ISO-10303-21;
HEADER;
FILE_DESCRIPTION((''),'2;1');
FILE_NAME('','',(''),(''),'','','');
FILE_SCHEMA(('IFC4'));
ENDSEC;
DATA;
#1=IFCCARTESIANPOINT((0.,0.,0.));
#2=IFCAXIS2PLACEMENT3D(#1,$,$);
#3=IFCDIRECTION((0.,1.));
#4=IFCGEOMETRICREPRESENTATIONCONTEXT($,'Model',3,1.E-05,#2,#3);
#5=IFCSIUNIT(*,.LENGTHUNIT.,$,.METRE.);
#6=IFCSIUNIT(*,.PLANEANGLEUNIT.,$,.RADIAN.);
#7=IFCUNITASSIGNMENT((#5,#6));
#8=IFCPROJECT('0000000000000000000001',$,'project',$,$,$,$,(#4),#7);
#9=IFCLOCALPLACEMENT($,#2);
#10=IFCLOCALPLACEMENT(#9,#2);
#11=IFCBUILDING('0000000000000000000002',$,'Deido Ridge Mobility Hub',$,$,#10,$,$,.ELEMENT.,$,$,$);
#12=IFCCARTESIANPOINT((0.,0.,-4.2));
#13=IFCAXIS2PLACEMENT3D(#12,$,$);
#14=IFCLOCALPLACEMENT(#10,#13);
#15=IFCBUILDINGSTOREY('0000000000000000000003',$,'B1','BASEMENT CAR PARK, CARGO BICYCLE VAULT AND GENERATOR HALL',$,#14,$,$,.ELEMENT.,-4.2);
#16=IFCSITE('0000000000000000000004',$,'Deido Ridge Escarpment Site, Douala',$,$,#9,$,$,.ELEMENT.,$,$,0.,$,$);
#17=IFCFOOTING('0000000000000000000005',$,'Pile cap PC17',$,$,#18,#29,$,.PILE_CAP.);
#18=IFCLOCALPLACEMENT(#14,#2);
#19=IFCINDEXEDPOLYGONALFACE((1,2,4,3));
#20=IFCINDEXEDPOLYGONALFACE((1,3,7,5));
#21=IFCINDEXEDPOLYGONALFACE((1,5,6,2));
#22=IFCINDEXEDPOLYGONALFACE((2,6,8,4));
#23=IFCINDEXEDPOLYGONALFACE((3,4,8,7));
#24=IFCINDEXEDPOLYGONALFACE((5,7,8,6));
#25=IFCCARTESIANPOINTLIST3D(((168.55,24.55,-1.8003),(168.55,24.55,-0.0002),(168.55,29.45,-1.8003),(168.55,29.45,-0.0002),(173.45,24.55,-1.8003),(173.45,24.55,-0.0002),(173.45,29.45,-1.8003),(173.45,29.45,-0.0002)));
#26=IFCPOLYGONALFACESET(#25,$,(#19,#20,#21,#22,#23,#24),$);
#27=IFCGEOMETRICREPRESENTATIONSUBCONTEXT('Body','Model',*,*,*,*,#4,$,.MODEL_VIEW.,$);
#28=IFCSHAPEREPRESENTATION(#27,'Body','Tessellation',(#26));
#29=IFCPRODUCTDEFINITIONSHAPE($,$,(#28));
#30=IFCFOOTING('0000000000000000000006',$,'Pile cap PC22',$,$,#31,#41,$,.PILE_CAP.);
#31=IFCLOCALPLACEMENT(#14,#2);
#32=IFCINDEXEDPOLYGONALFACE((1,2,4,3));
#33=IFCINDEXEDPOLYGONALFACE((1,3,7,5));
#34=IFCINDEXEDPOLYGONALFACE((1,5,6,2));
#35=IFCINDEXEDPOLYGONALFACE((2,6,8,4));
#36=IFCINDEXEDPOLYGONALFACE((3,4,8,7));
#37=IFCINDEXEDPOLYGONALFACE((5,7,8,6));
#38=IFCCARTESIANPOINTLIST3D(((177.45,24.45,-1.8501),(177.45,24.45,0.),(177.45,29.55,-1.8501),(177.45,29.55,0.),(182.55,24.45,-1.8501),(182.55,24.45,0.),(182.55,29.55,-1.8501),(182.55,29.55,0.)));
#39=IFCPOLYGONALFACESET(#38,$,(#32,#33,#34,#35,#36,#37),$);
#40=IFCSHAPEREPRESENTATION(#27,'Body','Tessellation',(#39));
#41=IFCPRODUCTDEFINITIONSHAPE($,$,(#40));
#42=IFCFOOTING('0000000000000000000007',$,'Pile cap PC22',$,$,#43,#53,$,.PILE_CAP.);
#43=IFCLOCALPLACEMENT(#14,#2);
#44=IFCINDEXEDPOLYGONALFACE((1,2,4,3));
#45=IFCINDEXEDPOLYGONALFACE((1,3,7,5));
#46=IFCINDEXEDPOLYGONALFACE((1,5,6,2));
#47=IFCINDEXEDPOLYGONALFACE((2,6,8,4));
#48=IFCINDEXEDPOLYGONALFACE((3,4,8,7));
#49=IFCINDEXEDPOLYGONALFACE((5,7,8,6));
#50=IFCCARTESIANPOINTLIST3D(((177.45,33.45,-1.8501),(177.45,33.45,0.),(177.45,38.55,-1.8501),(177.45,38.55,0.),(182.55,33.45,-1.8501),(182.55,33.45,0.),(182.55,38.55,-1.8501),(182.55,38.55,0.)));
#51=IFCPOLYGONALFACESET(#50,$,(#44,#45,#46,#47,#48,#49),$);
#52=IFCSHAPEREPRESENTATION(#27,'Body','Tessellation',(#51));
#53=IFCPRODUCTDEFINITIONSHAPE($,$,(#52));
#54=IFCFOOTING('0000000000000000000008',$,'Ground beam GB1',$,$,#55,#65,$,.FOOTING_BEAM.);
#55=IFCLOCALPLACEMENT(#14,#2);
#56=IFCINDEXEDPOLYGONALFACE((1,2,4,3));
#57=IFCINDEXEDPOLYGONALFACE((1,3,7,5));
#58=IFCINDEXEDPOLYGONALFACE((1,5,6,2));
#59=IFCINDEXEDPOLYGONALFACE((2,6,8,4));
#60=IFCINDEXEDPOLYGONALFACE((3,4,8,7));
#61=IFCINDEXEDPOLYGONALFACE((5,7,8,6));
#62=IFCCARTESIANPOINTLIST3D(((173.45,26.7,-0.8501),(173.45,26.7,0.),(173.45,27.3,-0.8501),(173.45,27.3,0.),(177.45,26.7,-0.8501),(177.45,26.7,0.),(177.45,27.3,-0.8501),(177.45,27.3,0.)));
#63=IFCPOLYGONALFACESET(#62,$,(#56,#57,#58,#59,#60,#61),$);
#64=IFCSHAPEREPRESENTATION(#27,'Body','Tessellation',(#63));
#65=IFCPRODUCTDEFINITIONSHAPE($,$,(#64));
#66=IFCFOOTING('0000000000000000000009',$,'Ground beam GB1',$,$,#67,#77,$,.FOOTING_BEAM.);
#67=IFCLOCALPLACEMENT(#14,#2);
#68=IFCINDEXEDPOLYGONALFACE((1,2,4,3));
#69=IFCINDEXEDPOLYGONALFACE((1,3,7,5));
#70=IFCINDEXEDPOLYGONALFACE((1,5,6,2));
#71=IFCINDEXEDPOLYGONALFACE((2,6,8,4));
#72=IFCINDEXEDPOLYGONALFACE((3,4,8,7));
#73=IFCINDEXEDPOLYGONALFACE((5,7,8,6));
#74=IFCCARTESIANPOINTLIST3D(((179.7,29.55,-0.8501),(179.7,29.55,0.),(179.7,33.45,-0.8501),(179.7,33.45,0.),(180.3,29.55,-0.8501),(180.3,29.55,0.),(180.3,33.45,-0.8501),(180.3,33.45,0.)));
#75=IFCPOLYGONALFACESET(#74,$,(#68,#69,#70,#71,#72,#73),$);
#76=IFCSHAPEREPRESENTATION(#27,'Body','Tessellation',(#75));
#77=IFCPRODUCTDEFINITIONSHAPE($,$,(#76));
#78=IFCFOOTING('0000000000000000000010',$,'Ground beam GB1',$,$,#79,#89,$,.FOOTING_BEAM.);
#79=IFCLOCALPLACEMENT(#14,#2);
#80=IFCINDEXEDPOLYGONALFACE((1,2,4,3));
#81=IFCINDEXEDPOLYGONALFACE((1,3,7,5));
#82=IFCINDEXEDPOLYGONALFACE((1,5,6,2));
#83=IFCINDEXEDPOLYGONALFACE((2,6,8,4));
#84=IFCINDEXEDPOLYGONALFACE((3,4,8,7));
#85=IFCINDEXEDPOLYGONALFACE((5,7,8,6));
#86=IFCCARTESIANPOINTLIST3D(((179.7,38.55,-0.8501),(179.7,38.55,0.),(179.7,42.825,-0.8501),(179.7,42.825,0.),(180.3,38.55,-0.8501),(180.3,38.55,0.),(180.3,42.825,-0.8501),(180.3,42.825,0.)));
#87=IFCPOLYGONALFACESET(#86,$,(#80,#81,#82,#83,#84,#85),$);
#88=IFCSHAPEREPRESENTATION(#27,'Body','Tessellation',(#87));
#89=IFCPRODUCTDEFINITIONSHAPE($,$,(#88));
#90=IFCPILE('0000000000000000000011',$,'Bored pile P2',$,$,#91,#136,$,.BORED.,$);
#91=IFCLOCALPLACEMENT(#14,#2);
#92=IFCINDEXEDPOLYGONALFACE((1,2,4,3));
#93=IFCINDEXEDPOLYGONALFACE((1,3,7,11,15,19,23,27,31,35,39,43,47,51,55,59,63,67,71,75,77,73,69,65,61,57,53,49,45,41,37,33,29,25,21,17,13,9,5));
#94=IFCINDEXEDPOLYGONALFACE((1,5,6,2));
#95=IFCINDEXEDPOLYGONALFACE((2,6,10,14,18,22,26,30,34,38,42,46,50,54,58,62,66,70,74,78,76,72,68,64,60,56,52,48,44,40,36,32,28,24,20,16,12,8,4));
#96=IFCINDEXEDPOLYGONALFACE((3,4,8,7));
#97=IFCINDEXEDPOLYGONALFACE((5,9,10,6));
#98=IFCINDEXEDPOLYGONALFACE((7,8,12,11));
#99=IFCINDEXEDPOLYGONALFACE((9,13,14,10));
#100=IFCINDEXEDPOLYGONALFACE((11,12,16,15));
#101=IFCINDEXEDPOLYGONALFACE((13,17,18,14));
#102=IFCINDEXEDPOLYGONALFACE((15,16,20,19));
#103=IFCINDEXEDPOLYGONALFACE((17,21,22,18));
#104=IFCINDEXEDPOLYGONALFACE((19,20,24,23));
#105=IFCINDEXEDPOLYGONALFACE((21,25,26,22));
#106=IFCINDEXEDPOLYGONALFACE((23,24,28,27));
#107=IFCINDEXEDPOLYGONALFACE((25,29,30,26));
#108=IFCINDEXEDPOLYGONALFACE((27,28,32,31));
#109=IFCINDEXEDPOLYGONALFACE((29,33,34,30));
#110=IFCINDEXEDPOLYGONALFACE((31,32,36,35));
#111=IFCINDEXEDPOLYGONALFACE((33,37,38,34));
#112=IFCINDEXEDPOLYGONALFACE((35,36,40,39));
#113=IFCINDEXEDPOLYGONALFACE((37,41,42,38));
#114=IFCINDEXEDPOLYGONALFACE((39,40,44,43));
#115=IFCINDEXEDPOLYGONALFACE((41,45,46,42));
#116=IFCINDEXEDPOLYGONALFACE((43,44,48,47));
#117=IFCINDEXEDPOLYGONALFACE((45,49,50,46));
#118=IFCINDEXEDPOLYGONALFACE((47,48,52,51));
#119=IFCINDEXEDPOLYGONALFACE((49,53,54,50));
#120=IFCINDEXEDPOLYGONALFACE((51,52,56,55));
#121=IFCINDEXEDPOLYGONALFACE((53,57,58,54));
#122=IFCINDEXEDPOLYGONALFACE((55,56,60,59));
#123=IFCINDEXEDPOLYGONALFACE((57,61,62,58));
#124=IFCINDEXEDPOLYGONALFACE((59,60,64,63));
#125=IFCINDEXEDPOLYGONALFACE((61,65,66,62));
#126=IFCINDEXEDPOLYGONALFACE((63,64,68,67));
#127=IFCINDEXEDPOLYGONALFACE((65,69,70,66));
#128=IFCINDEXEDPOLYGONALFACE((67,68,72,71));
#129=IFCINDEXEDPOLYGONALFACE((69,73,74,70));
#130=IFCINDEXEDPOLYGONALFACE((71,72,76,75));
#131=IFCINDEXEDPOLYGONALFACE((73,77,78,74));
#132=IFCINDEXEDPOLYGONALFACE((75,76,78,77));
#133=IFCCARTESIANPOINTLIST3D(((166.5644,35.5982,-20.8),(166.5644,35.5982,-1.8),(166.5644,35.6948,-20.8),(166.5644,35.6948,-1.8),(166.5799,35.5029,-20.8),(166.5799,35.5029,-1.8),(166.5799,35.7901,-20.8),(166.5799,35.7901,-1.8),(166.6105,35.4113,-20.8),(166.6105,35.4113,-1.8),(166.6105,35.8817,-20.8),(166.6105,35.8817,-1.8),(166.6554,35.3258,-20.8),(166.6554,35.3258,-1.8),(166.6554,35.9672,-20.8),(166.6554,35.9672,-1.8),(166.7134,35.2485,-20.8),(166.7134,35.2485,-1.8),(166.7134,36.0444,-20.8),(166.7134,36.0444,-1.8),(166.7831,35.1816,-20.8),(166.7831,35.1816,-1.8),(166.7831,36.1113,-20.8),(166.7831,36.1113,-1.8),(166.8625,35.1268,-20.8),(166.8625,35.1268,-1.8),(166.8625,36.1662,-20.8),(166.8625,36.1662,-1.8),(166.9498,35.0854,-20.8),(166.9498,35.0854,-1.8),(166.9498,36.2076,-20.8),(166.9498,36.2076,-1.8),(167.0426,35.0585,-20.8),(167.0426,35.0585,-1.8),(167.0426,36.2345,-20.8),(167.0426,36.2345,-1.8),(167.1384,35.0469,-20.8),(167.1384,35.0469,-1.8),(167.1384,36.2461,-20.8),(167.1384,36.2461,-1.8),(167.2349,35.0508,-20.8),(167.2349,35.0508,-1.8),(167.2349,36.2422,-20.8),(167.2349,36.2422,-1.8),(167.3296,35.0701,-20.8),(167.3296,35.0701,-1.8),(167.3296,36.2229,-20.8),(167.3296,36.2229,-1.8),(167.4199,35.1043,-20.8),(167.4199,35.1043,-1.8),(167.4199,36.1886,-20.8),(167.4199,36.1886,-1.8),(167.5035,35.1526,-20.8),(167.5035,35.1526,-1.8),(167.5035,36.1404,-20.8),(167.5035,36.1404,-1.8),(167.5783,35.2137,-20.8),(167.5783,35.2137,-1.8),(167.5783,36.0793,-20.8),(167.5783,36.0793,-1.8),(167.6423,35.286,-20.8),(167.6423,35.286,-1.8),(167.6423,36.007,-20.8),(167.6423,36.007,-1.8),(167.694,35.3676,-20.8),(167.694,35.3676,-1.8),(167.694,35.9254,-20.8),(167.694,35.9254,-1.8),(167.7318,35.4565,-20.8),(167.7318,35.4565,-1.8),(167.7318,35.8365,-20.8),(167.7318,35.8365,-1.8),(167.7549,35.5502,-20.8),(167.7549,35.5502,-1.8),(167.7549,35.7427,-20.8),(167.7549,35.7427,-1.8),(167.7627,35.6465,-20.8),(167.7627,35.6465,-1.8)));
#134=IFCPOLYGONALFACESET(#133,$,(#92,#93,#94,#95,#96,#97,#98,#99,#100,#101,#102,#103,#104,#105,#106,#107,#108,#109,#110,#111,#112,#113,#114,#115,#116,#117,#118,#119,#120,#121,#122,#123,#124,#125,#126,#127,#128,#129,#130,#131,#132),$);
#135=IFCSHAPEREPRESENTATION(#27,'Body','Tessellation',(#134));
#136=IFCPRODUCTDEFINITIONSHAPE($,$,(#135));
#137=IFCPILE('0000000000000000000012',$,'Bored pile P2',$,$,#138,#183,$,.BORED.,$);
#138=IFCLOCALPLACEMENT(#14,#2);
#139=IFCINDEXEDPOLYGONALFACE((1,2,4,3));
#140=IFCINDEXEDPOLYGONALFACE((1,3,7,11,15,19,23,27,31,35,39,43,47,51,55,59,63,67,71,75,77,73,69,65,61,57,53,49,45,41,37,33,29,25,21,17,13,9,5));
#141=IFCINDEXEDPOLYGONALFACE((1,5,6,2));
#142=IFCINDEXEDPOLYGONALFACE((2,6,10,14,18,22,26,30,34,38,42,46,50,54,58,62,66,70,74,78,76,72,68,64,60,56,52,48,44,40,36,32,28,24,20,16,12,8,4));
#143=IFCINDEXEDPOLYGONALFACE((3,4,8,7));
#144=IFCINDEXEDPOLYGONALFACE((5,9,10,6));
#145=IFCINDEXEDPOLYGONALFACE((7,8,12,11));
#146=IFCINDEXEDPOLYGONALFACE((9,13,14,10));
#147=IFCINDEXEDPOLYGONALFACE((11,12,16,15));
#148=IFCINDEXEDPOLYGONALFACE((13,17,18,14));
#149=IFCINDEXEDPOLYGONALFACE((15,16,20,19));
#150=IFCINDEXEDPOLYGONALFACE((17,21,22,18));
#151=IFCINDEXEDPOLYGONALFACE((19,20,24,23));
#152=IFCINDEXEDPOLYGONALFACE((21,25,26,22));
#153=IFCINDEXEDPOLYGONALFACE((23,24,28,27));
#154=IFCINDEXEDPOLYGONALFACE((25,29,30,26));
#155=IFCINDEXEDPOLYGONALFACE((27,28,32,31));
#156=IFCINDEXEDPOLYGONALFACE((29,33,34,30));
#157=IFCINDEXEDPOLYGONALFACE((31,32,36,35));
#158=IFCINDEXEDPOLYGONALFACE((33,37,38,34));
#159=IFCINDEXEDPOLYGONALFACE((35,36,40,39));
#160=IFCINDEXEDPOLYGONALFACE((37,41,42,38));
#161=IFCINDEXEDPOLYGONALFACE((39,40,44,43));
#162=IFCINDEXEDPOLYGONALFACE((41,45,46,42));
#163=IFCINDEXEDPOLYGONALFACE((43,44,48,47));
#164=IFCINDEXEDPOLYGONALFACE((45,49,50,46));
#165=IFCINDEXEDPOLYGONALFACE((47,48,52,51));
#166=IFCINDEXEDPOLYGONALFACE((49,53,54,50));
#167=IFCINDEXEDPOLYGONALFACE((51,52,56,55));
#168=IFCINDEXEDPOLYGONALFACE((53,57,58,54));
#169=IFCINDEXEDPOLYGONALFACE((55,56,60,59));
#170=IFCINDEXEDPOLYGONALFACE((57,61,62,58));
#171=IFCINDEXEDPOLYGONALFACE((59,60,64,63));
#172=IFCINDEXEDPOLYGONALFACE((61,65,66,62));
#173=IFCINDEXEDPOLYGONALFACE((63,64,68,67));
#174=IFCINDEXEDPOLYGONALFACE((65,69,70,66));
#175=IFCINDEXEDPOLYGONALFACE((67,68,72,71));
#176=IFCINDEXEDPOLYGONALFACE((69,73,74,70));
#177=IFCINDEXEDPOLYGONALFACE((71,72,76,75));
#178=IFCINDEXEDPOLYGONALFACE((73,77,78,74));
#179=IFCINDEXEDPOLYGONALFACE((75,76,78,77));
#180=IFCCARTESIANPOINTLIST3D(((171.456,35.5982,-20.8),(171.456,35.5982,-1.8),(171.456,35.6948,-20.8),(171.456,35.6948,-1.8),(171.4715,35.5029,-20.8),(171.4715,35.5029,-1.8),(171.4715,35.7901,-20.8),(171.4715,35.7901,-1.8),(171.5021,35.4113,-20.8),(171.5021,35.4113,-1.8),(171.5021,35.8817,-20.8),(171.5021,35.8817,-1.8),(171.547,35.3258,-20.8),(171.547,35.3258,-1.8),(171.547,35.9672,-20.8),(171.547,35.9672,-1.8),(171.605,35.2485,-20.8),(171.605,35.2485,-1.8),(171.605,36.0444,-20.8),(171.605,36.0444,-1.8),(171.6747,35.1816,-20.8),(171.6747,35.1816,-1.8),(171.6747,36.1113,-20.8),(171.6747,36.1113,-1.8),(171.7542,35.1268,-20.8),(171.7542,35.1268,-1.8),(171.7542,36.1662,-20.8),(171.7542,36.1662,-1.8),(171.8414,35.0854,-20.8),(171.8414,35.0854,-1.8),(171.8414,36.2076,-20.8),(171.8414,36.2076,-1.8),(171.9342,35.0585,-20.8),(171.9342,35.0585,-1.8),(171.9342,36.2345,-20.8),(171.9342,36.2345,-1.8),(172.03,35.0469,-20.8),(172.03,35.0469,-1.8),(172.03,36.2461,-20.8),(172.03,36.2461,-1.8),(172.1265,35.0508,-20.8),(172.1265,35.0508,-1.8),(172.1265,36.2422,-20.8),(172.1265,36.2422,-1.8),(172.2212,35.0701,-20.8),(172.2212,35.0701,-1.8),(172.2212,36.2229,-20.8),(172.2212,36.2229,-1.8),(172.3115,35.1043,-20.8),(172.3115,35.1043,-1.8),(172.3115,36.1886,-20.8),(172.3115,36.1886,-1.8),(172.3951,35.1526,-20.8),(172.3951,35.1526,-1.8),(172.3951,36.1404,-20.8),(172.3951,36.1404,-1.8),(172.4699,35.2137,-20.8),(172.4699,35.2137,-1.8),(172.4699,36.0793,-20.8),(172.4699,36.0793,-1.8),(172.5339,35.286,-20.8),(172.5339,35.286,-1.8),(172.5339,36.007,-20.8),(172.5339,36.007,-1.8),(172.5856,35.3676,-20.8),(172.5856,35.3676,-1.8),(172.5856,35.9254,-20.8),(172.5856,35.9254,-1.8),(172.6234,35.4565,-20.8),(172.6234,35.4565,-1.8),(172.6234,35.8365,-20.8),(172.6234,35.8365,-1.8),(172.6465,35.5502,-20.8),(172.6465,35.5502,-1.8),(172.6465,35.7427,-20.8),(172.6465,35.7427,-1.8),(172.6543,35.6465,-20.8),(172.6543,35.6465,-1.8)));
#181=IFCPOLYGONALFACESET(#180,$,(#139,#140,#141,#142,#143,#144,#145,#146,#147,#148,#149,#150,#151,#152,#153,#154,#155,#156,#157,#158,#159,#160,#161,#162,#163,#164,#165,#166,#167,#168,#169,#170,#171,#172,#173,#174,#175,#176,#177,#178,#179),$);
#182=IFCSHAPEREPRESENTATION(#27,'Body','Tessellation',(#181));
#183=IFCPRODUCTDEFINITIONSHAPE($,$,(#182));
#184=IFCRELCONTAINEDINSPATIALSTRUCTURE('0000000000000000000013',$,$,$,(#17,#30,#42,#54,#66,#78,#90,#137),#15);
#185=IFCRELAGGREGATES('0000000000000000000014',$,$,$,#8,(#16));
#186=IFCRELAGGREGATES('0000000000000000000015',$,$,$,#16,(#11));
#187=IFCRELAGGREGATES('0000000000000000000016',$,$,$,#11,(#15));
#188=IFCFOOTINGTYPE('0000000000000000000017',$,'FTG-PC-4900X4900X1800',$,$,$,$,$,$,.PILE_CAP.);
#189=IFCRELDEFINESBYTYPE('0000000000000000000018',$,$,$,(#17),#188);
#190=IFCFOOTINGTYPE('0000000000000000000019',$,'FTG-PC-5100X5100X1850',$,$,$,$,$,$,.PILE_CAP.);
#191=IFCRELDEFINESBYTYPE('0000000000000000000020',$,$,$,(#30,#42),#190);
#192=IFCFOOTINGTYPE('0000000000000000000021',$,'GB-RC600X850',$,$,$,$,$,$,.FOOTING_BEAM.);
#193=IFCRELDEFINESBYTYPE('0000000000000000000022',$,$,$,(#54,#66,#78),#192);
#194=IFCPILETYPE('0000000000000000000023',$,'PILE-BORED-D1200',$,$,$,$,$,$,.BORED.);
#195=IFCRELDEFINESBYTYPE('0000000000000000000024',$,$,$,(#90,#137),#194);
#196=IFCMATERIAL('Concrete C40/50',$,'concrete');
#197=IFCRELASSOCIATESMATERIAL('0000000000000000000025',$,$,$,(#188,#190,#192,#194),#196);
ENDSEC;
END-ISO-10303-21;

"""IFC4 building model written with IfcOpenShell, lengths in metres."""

from ifc_helpers import new_model, si_unit, direction, frame, origin, origin_2d, place, context, subcontext, project, spatial, rectangle, circle, extrude, material, material_profile, profile_set, type_object, element, save


model = new_model("IFC4")

# Units and contexts
model_context = context("Model", 3, precision=1e-05, world=origin(), true_north=direction((0.0, 1.0)))
body_context = subcontext(model_context, "Body", "Model", "MODEL_VIEW")
ifc_project = project(units=[si_unit("LENGTHUNIT", "METRE"), si_unit("PLANEANGLEUNIT", "RADIAN")], contexts=[model_context])

# Site, building, storey
site_placement = place(None, origin())
site = spatial("IfcSite", under=ifc_project, at=site_placement, Name="Deido Ridge Escarpment Site, Douala", CompositionType="ELEMENT", RefElevation=0.0)
building_placement = place(site_placement, origin())
building = spatial("IfcBuilding", under=site, at=building_placement, Name="Deido Ridge Mobility Hub", CompositionType="ELEMENT")
storey_placement = place(building_placement, frame((0.0, 0.0, -4.2)))
storey = spatial("IfcBuildingStorey", under=building, at=storey_placement, Name="B1", Description="BASEMENT CAR PARK, CARGO BICYCLE VAULT AND GENERATOR HALL", CompositionType="ELEMENT", Elevation=-4.2)

# Footings
ifc_material_1 = material(Name="Concrete C40/50", Category="concrete")
footing_type_1 = type_object("IfcFootingType", Name="FTG-PC-4900X4900X1800", PredefinedType="PILE_CAP", material=ifc_material_1)
footing_1_placement = place(storey_placement, frame((171.0, 27.0, -1.8003), z_axis=(0.0, 0.0, 1.0), x_axis=(1.0, 0.0, 0.0)))
element("IfcFooting", 1, at=footing_1_placement, inside=storey, type_object=footing_type_1, Name="Pile cap PC17", PredefinedType="PILE_CAP", context=body_context, shape_type="SweptSolid", body=[
    extrude(rectangle(XDim=4.8999, YDim=4.8999, at=origin_2d()), origin(), (0.0, 0.0, 1.0), 1.8),
])
footing_type_2 = type_object("IfcFootingType", Name="FTG-PC-5100X5100X1850", PredefinedType="PILE_CAP", material=ifc_material_1)
for number, where, z_axis, x_axis, name in (
    (2, (180.0, 27.0, -1.8501), (0.0, 0.0, 1.0), (1.0, 0.0, 0.0), "Pile cap PC22"),
    (3, (180.0, 36.0, -1.8501), (0.0, 0.0, 1.0), (1.0, 0.0, 0.0), "Pile cap PC22"),
):
    element("IfcFooting", number, at=place(storey_placement, frame(where, z_axis=z_axis, x_axis=x_axis)), inside=storey, type_object=footing_type_2, Name=name, PredefinedType="PILE_CAP", context=body_context, shape_type="SweptSolid", body=[
        extrude(rectangle(XDim=5.1001, YDim=5.1001, at=origin_2d()), origin(), (0.0, 0.0, 1.0), 1.8501),
    ])
ifc_material_profile_1 = material_profile(ifc_material_1, rectangle(XDim=0.6001, YDim=0.8501, at=origin_2d()), Name="RC GB 600x850")
ifc_profile_set_1 = profile_set([ifc_material_profile_1], Name="Concrete C40/50")
footing_type_3 = type_object("IfcFootingType", Name="GB-RC600X850", PredefinedType="FOOTING_BEAM", material=ifc_profile_set_1)
footing_2_placement = place(storey_placement, frame((173.45, 27.0, -0.425), z_axis=(1.0, 0.0, 0.0), x_axis=(0.0, 1.0, 0.0)))
element("IfcFooting", 4, at=footing_2_placement, inside=storey, type_object=footing_type_3, Name="Ground beam GB1", PredefinedType="FOOTING_BEAM", context=body_context, shape_type="SweptSolid", body=[
    extrude(rectangle(XDim=0.6001, YDim=0.8501, at=origin_2d()), origin(), (0.0, 0.0, 1.0), 4.0),
])
footing_3_placement = place(storey_placement, frame((180.0, 29.55, -0.425), z_axis=(0.0, 1.0, 0.0), x_axis=(-1.0, 0.0, 0.0)))
element("IfcFooting", 5, at=footing_3_placement, inside=storey, type_object=footing_type_3, Name="Ground beam GB1", PredefinedType="FOOTING_BEAM", context=body_context, shape_type="SweptSolid", body=[
    extrude(rectangle(XDim=0.6001, YDim=0.8501, at=origin_2d()), origin(), (0.0, 0.0, 1.0), 3.8999),
])
footing_4_placement = place(storey_placement, frame((180.0, 38.55, -0.425), z_axis=(0.0, 1.0, 0.0), x_axis=(-1.0, 0.0, 0.0)))
element("IfcFooting", 6, at=footing_4_placement, inside=storey, type_object=footing_type_3, Name="Ground beam GB1", PredefinedType="FOOTING_BEAM", context=body_context, shape_type="SweptSolid", body=[
    extrude(rectangle(XDim=0.6001, YDim=0.8501, at=origin_2d()), origin(), (0.0, 0.0, 1.0), 4.2749),
])

# Piles
ifc_material_profile_2 = material_profile(ifc_material_1, circle(Radius=0.6001, at=origin_2d()), Name="BORED PILE D1200")
ifc_profile_set_2 = profile_set([ifc_material_profile_2], Name="Concrete C40/50")
pile_type = type_object("IfcPileType", Name="PILE-BORED-D1200", PredefinedType="BORED", material=ifc_profile_set_2)
for number, where, z_axis, x_axis, name in (
    (7, (167.1626, 35.6465, -1.8), (0.0, 0.0, -1.0), (1.0, 0.0, 0.0), "Bored pile P2"),
    (8, (172.0542, 35.6465, -1.8), (0.0, 0.0, -1.0), (1.0, 0.0, 0.0), "Bored pile P2"),
):
    element("IfcPile", number, at=place(storey_placement, frame(where, z_axis=z_axis, x_axis=x_axis)), inside=storey, type_object=pile_type, Name=name, PredefinedType="BORED", context=body_context, shape_type="SweptSolid", body=[
        extrude(circle(Radius=0.6001, at=origin_2d()), origin(), (0.0, 0.0, 1.0), 19.0),
    ])

save(model, "model.ifc")
